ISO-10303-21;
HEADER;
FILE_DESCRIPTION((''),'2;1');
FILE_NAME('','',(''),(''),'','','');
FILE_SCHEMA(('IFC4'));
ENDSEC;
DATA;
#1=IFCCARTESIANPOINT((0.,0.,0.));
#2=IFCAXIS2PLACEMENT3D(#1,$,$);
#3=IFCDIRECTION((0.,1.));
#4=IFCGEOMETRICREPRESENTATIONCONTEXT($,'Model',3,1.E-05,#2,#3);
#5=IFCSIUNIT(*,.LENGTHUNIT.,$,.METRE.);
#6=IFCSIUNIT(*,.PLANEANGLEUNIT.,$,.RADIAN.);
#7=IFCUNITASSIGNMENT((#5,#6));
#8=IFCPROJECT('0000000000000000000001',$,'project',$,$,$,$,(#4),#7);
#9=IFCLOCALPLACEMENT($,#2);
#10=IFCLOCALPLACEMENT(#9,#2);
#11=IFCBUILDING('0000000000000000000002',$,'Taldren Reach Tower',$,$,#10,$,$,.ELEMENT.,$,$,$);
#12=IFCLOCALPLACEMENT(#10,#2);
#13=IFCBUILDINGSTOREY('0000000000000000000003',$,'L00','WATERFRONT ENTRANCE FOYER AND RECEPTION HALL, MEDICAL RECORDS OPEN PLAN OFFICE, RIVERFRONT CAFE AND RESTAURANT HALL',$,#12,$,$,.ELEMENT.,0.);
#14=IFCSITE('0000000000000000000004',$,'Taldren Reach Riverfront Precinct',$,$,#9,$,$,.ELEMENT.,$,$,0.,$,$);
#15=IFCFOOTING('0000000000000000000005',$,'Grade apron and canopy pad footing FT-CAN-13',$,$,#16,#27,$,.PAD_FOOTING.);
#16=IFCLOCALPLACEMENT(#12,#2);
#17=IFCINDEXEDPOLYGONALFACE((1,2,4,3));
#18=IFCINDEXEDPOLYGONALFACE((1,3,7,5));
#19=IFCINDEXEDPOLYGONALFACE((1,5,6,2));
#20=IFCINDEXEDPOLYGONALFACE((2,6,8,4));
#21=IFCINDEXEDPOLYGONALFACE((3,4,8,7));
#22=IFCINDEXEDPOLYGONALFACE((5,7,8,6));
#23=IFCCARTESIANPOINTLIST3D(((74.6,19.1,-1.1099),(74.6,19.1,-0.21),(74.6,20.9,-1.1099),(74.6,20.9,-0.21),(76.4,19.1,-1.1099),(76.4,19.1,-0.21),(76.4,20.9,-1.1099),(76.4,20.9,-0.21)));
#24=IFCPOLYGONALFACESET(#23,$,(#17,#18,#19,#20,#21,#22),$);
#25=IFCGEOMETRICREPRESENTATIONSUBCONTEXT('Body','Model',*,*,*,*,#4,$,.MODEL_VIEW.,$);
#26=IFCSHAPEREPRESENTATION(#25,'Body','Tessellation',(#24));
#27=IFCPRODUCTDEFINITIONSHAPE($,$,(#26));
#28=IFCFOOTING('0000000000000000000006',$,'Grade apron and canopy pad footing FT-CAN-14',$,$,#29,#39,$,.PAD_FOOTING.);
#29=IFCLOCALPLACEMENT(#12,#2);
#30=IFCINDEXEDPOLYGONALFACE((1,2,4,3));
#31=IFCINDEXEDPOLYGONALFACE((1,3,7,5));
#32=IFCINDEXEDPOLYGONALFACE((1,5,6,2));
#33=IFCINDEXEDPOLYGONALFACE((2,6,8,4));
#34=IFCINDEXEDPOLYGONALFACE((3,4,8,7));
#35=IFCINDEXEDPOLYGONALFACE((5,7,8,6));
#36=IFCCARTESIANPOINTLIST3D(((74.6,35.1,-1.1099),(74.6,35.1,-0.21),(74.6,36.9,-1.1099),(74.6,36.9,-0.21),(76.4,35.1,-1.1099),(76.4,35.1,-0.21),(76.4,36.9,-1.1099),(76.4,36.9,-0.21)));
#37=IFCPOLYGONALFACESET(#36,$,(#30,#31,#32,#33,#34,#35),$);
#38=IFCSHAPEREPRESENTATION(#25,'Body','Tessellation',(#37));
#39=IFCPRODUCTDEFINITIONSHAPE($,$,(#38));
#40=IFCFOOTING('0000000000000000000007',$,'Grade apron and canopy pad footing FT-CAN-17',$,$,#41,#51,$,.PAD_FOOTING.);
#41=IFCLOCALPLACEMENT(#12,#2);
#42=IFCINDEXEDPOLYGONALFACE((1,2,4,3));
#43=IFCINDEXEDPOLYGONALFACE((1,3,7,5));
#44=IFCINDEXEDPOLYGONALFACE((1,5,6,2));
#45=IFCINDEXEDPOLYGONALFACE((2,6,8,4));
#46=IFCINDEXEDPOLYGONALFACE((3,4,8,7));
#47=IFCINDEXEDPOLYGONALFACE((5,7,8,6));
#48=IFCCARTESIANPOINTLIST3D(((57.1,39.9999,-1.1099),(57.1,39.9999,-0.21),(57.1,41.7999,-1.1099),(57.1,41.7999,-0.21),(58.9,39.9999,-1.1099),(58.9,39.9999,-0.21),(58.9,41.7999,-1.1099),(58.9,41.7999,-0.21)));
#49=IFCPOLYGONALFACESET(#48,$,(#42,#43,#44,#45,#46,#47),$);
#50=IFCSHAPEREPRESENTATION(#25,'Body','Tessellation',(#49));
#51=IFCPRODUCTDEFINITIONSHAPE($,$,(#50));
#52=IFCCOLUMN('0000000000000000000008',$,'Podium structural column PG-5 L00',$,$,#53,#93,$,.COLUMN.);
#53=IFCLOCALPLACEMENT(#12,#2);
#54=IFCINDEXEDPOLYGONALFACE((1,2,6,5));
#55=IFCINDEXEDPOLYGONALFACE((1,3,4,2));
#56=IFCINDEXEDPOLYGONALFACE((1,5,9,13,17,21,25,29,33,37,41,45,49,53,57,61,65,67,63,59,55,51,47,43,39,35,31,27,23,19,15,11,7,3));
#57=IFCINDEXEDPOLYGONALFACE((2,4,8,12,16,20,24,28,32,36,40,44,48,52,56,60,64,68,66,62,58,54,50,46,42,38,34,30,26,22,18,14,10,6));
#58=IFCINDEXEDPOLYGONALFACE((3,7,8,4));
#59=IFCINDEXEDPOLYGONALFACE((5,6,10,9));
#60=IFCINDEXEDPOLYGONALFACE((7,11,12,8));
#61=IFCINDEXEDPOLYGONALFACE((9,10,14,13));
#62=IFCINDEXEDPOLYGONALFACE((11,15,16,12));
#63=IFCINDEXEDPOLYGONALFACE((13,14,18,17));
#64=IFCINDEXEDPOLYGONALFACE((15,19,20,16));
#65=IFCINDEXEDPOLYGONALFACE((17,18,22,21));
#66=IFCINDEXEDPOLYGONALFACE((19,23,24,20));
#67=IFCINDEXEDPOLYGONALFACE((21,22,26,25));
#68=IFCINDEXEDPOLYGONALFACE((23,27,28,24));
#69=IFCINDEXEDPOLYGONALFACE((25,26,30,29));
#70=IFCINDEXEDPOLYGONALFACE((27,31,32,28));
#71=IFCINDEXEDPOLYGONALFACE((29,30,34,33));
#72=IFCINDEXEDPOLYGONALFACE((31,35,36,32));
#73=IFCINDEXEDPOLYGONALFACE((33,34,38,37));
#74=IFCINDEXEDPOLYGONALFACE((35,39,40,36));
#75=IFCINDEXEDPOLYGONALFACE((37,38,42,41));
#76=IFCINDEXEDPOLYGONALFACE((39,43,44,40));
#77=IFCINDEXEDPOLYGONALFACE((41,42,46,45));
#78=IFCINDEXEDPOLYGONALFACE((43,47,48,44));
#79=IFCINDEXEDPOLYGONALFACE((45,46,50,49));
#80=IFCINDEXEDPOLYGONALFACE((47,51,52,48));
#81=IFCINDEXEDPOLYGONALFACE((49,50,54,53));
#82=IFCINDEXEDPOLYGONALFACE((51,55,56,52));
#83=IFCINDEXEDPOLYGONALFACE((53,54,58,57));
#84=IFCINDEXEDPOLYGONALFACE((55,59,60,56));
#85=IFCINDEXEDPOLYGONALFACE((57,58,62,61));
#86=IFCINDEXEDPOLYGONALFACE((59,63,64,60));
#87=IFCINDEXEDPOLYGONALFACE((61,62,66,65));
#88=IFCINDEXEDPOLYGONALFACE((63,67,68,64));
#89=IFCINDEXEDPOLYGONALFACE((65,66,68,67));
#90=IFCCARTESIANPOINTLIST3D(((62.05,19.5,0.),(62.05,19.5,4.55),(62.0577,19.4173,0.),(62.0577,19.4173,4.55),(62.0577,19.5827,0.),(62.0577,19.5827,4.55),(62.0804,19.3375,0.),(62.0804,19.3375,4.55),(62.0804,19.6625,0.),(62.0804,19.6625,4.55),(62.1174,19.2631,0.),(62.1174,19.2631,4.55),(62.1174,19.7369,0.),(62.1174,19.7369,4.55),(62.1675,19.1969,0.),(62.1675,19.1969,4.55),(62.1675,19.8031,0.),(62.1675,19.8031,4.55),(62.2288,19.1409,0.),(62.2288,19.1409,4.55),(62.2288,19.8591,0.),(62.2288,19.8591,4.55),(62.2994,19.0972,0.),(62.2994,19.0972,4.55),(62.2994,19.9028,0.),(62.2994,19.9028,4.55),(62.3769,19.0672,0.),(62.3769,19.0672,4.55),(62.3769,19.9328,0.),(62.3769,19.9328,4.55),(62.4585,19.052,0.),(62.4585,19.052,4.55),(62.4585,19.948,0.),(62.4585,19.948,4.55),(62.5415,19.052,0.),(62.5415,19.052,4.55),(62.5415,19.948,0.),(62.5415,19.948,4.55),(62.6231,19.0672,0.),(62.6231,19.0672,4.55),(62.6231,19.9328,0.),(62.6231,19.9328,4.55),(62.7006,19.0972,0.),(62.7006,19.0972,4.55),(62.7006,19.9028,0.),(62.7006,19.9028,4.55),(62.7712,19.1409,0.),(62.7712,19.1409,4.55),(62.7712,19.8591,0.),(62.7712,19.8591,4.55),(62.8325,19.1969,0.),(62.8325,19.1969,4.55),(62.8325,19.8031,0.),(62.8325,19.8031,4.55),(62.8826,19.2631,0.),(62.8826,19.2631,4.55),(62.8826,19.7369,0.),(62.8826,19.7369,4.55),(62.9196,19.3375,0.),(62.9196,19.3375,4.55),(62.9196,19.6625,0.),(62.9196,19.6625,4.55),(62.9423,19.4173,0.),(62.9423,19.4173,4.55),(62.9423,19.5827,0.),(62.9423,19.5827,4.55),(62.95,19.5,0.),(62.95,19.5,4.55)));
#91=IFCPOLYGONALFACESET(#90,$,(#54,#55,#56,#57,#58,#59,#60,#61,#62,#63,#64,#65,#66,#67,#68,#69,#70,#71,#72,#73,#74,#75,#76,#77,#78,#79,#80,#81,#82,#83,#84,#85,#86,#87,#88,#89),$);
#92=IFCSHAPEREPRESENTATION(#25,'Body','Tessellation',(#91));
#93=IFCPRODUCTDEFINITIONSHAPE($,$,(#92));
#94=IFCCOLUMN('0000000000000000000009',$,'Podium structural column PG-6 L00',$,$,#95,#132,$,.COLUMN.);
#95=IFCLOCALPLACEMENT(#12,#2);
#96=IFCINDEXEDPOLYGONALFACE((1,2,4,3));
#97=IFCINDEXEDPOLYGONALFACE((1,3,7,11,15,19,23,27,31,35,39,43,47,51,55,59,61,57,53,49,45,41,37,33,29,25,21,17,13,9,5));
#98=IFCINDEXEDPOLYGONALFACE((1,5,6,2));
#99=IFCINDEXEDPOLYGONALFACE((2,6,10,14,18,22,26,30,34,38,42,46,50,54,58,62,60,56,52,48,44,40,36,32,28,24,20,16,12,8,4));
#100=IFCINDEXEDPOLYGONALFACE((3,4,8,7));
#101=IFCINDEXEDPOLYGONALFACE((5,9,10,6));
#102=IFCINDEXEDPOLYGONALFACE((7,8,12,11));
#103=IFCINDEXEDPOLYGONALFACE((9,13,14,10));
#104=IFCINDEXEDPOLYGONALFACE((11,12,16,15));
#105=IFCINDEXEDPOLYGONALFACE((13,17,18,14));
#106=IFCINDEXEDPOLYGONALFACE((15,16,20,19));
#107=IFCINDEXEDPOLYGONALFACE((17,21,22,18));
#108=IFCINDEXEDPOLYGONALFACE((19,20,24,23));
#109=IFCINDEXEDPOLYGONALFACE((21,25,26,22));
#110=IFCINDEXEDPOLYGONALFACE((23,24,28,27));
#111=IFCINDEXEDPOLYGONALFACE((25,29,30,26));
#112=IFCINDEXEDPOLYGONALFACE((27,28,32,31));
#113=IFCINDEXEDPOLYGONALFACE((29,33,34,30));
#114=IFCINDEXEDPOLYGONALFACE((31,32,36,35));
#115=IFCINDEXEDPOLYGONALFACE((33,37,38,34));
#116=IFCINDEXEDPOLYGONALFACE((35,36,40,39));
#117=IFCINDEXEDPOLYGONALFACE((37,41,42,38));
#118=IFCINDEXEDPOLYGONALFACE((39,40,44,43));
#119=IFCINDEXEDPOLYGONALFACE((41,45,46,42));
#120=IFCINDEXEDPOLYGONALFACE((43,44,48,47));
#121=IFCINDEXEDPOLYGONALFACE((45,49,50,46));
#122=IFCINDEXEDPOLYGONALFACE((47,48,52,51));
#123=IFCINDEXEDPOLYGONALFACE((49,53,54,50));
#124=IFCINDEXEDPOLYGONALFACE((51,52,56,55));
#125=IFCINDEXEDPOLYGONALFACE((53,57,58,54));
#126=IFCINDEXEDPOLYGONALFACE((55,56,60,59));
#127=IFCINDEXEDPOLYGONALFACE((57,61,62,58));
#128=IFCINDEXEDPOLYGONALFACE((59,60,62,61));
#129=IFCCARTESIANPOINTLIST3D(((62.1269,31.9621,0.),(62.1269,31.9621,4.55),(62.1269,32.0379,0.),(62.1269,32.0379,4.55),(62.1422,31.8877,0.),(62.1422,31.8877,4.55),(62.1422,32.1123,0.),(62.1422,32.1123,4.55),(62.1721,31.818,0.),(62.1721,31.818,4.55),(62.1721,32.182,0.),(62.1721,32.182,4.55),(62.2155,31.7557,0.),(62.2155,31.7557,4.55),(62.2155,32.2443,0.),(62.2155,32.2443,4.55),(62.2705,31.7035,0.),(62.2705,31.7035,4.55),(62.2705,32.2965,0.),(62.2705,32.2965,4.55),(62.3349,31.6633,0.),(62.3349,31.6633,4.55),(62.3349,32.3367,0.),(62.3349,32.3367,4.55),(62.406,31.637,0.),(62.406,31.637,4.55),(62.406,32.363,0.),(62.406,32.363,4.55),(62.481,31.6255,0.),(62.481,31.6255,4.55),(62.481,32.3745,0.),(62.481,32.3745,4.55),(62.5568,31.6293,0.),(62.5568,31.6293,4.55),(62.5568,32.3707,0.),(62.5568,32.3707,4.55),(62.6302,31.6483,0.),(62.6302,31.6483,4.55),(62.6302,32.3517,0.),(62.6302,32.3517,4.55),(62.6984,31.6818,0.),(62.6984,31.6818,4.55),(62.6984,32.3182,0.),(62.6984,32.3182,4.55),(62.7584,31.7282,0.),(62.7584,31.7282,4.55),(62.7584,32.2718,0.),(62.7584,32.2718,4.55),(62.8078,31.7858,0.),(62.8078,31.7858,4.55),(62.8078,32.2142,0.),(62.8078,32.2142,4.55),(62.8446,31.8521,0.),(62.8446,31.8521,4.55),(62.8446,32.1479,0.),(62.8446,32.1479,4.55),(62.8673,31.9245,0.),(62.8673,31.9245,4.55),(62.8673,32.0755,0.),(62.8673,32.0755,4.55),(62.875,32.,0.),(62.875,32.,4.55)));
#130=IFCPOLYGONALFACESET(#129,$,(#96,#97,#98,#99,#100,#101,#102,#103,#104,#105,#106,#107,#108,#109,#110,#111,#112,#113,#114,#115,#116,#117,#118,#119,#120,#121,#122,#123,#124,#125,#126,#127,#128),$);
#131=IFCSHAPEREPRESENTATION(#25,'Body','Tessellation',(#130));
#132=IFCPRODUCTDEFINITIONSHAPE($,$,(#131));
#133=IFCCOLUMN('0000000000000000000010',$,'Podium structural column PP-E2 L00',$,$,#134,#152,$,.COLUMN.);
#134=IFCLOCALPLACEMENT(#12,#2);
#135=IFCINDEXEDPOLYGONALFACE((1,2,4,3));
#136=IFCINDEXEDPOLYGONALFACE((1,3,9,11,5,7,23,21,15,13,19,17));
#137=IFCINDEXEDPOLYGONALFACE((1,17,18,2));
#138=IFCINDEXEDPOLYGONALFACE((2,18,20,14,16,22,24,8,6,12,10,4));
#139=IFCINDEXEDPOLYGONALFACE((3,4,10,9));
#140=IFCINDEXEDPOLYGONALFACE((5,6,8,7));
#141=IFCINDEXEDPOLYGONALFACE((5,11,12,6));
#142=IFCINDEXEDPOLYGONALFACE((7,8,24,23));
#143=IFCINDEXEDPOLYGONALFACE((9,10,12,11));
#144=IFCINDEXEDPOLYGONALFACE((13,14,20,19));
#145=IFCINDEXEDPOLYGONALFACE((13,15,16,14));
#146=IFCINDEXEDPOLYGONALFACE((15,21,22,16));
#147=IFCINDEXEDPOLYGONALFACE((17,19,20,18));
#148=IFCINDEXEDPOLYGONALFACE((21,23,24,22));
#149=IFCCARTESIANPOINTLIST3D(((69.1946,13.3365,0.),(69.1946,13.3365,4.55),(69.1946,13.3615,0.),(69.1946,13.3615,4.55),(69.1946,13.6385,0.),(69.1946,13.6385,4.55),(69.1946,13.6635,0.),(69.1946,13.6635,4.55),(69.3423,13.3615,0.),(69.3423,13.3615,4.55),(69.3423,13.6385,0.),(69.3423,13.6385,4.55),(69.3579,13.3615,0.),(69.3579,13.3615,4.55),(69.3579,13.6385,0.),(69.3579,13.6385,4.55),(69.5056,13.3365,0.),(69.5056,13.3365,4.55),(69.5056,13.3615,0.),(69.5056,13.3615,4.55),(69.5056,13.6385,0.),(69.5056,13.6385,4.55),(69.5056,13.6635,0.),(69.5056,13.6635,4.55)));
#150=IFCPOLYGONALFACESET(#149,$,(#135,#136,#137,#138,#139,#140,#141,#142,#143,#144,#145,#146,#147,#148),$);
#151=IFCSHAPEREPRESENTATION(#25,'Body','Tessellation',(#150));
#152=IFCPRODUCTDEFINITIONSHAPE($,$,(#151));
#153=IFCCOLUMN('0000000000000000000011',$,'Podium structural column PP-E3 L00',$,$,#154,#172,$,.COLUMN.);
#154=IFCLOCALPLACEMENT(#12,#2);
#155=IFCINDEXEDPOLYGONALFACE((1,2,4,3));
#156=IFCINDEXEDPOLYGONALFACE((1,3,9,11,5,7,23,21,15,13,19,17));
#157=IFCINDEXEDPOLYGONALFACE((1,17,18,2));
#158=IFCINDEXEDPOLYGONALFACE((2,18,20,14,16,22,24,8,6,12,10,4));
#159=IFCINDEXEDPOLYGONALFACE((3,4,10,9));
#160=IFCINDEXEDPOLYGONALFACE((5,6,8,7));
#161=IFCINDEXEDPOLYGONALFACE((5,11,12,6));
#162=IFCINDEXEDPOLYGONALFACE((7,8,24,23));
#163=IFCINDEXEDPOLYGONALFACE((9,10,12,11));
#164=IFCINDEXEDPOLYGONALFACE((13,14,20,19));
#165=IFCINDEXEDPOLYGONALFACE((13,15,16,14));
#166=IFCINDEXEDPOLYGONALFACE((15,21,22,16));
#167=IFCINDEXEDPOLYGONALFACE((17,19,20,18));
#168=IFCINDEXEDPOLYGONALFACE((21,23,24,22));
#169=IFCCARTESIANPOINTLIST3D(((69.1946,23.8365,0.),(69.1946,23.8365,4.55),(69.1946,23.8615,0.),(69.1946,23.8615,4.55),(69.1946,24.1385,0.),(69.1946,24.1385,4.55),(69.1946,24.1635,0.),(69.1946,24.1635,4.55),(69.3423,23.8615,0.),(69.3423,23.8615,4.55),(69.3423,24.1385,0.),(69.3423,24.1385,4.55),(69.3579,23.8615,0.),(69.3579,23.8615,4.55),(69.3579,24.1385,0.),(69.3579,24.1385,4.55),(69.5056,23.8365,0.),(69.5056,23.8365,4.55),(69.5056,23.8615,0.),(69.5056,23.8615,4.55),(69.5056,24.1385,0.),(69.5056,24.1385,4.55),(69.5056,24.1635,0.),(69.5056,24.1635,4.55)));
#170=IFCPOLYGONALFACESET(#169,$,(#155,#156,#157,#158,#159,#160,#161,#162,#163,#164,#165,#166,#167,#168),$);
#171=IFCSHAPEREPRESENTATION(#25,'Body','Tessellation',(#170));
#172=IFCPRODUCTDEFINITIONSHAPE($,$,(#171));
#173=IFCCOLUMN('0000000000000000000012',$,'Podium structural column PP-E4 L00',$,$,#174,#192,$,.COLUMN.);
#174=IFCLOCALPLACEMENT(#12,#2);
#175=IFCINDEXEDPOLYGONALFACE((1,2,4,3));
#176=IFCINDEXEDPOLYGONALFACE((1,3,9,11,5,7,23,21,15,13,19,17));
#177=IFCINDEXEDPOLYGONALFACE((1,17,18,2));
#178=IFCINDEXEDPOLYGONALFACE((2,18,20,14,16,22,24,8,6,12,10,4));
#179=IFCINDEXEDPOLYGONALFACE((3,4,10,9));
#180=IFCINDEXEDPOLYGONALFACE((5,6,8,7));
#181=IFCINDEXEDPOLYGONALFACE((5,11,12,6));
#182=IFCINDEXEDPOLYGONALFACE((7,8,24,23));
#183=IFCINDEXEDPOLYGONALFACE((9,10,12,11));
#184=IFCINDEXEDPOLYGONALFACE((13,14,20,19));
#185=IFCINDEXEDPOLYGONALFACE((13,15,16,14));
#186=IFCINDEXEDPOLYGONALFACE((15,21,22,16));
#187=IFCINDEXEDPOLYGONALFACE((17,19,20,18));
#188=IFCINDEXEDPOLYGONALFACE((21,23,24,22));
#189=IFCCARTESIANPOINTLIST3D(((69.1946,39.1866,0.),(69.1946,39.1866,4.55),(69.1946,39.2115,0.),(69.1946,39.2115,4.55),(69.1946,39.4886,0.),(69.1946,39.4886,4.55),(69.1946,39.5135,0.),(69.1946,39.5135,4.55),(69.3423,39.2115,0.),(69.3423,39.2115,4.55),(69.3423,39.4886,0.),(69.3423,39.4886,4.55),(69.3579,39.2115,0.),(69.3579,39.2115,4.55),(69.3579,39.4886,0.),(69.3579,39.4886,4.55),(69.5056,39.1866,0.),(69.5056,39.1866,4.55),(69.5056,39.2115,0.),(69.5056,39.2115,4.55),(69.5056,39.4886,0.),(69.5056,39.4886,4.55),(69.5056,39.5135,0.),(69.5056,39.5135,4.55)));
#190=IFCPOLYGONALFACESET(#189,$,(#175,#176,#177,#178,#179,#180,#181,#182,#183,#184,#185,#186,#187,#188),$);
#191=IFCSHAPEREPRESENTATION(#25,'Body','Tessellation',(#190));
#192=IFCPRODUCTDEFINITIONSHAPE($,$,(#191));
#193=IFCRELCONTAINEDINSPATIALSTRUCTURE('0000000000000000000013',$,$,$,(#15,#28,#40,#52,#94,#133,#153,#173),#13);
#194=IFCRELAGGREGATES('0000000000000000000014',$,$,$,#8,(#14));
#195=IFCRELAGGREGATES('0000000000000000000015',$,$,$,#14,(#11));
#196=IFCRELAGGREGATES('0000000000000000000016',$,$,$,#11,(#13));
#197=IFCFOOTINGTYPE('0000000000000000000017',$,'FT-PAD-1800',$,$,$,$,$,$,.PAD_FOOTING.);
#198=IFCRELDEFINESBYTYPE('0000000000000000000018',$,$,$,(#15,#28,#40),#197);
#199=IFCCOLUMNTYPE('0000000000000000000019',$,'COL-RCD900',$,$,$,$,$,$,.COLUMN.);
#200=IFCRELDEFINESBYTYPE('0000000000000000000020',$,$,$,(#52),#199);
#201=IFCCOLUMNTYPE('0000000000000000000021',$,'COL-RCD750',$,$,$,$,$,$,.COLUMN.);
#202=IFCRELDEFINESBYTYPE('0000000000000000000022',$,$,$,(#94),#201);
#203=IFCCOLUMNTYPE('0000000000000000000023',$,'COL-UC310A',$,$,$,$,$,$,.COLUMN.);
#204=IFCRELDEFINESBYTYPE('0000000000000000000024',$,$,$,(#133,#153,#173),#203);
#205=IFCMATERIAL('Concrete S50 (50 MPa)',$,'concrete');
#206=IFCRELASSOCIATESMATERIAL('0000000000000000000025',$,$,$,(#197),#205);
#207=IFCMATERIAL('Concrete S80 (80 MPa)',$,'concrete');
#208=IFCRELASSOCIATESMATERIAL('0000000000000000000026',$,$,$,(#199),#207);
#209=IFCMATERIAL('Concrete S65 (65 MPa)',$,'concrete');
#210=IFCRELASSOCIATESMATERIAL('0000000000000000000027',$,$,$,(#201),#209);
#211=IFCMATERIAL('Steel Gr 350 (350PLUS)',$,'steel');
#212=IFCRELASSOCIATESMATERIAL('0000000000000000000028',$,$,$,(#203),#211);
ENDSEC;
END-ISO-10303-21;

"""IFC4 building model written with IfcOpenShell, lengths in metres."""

from ifc_helpers import new_model, si_unit, direction, frame, origin, origin_2d, place, context, subcontext, project, spatial, rectangle, circle, i_section, extrude, source, transform, mapped, material, material_profile, profile_set, type_object, element, save


model = new_model("IFC4")

# Units and contexts
model_context = context("Model", 3, precision=1e-05, world=origin(), true_north=direction((0.0, 1.0)))
body_context = subcontext(model_context, "Body", "Model", "MODEL_VIEW")
ifc_project = project(units=[si_unit("LENGTHUNIT", "METRE"), si_unit("PLANEANGLEUNIT", "RADIAN")], contexts=[model_context])

# Site, building, storey
site_placement = place(None, origin())
site = spatial("IfcSite", under=ifc_project, at=site_placement, Name="Taldren Reach Riverfront Precinct", CompositionType="ELEMENT", RefElevation=0.0)
building_placement = place(site_placement, origin())
building = spatial("IfcBuilding", under=site, at=building_placement, Name="Taldren Reach Tower", CompositionType="ELEMENT")
storey_placement = place(building_placement, origin())
storey = spatial("IfcBuildingStorey", under=building, at=storey_placement, Name="L00", Description="WATERFRONT ENTRANCE FOYER AND RECEPTION HALL, MEDICAL RECORDS OPEN PLAN OFFICE, RIVERFRONT CAFE AND RESTAURANT HALL", CompositionType="ELEMENT", Elevation=0.0)

# Footings
ifc_material_1 = material(Name="Concrete S50 (50 MPa)", Category="concrete")
footing_type = type_object("IfcFootingType", Name="FT-PAD-1800", PredefinedType="PAD_FOOTING", material=ifc_material_1)
shared_shape_1 = source(origin(), body_context, "Body", "SweptSolid", [
    extrude(rectangle(XDim=1.8, YDim=1.8, at=origin_2d()), origin(), (0.0, 0.0, 1.0), 0.8999),
])
for number, where, z_axis, x_axis, name in (
    (1, (75.5, 20.0, -1.1099), (0.0, 0.0, 1.0), (1.0, 0.0, 0.0), "Grade apron and canopy pad footing FT-CAN-13"),
    (2, (75.5, 36.0, -1.1099), (0.0, 0.0, 1.0), (1.0, 0.0, 0.0), "Grade apron and canopy pad footing FT-CAN-14"),
    (3, (58.0, 40.8999, -1.1099), (0.0, 0.0, 1.0), (1.0, 0.0, 0.0), "Grade apron and canopy pad footing FT-CAN-17"),
):
    element("IfcFooting", number, at=place(storey_placement, frame(where, z_axis=z_axis, x_axis=x_axis)), inside=storey, type_object=footing_type, Name=name, PredefinedType="PAD_FOOTING", context=body_context, shape_type="MappedRepresentation", body=[
        mapped(shared_shape_1, transform((0.0, 0.0, 0.0), scale=1.0)),
    ])

# Columns
ifc_material_2 = material(Name="Concrete S80 (80 MPa)", Category="concrete")
ifc_material_profile_1 = material_profile(ifc_material_2, circle(Radius=0.45, at=origin_2d()), Name="RC-900D")
ifc_profile_set_1 = profile_set([ifc_material_profile_1], Name="Concrete S80 (80 MPa)")
column_type_1 = type_object("IfcColumnType", Name="COL-RCD900", PredefinedType="COLUMN", material=ifc_profile_set_1)
shared_shape_2 = source(origin(), body_context, "Body", "SweptSolid", [
    extrude(circle(Radius=0.45, at=origin_2d()), origin(), (0.0, 0.0, 1.0), 4.55),
])
column_1_placement = place(storey_placement, frame((62.5, 19.5, 0.0), z_axis=(0.0, 0.0, 1.0), x_axis=(1.0, 0.0, 0.0)))
element("IfcColumn", 4, at=column_1_placement, inside=storey, type_object=column_type_1, Name="Podium structural column PG-5 L00", PredefinedType="COLUMN", context=body_context, shape_type="MappedRepresentation", body=[
    mapped(shared_shape_2, transform((0.0, 0.0, 0.0), scale=1.0)),
])
ifc_material_3 = material(Name="Concrete S65 (65 MPa)", Category="concrete")
ifc_material_profile_2 = material_profile(ifc_material_3, circle(Radius=0.375, at=origin_2d()), Name="RC-750D")
ifc_profile_set_2 = profile_set([ifc_material_profile_2], Name="Concrete S65 (65 MPa)")
column_type_2 = type_object("IfcColumnType", Name="COL-RCD750", PredefinedType="COLUMN", material=ifc_profile_set_2)
shared_shape_3 = source(origin(), body_context, "Body", "SweptSolid", [
    extrude(circle(Radius=0.375, at=origin_2d()), origin(), (0.0, 0.0, 1.0), 4.55),
])
column_2_placement = place(storey_placement, frame((62.5, 32.0, 0.0), z_axis=(0.0, 0.0, 1.0), x_axis=(1.0, 0.0, 0.0)))
element("IfcColumn", 5, at=column_2_placement, inside=storey, type_object=column_type_2, Name="Podium structural column PG-6 L00", PredefinedType="COLUMN", context=body_context, shape_type="MappedRepresentation", body=[
    mapped(shared_shape_3, transform((0.0, 0.0, 0.0), scale=1.0)),
])
ifc_material_4 = material(Name="Steel Gr 350 (350PLUS)", Category="steel")
ifc_material_profile_3 = material_profile(ifc_material_4, i_section(OverallWidth=0.311, OverallDepth=0.3269, WebThickness=0.0156, FlangeThickness=0.0249, at=origin_2d()), Name="310UC158")
ifc_profile_set_3 = profile_set([ifc_material_profile_3], Name="Steel Gr 350 (350PLUS)")
column_type_3 = type_object("IfcColumnType", Name="COL-UC310A", PredefinedType="COLUMN", material=ifc_profile_set_3)
shared_shape_4 = source(origin(), body_context, "Body", "SweptSolid", [
    extrude(i_section(OverallWidth=0.311, OverallDepth=0.3269, WebThickness=0.0156, FlangeThickness=0.0249, at=origin_2d()), origin(), (0.0, 0.0, 1.0), 4.55),
])
for number, where, z_axis, x_axis, name in (
    (6, (69.3501, 13.5, 0.0), (0.0, 0.0, 1.0), (1.0, 0.0, 0.0), "Podium structural column PP-E2 L00"),
    (7, (69.3501, 24.0, 0.0), (0.0, 0.0, 1.0), (1.0, 0.0, 0.0), "Podium structural column PP-E3 L00"),
    (8, (69.3501, 39.3501, 0.0), (0.0, 0.0, 1.0), (1.0, 0.0, 0.0), "Podium structural column PP-E4 L00"),
):
    element("IfcColumn", number, at=place(storey_placement, frame(where, z_axis=z_axis, x_axis=x_axis)), inside=storey, type_object=column_type_3, Name=name, PredefinedType="COLUMN", context=body_context, shape_type="MappedRepresentation", body=[
        mapped(shared_shape_4, transform((0.0, 0.0, 0.0), scale=1.0)),
    ])

save(model, "model.ifc")
